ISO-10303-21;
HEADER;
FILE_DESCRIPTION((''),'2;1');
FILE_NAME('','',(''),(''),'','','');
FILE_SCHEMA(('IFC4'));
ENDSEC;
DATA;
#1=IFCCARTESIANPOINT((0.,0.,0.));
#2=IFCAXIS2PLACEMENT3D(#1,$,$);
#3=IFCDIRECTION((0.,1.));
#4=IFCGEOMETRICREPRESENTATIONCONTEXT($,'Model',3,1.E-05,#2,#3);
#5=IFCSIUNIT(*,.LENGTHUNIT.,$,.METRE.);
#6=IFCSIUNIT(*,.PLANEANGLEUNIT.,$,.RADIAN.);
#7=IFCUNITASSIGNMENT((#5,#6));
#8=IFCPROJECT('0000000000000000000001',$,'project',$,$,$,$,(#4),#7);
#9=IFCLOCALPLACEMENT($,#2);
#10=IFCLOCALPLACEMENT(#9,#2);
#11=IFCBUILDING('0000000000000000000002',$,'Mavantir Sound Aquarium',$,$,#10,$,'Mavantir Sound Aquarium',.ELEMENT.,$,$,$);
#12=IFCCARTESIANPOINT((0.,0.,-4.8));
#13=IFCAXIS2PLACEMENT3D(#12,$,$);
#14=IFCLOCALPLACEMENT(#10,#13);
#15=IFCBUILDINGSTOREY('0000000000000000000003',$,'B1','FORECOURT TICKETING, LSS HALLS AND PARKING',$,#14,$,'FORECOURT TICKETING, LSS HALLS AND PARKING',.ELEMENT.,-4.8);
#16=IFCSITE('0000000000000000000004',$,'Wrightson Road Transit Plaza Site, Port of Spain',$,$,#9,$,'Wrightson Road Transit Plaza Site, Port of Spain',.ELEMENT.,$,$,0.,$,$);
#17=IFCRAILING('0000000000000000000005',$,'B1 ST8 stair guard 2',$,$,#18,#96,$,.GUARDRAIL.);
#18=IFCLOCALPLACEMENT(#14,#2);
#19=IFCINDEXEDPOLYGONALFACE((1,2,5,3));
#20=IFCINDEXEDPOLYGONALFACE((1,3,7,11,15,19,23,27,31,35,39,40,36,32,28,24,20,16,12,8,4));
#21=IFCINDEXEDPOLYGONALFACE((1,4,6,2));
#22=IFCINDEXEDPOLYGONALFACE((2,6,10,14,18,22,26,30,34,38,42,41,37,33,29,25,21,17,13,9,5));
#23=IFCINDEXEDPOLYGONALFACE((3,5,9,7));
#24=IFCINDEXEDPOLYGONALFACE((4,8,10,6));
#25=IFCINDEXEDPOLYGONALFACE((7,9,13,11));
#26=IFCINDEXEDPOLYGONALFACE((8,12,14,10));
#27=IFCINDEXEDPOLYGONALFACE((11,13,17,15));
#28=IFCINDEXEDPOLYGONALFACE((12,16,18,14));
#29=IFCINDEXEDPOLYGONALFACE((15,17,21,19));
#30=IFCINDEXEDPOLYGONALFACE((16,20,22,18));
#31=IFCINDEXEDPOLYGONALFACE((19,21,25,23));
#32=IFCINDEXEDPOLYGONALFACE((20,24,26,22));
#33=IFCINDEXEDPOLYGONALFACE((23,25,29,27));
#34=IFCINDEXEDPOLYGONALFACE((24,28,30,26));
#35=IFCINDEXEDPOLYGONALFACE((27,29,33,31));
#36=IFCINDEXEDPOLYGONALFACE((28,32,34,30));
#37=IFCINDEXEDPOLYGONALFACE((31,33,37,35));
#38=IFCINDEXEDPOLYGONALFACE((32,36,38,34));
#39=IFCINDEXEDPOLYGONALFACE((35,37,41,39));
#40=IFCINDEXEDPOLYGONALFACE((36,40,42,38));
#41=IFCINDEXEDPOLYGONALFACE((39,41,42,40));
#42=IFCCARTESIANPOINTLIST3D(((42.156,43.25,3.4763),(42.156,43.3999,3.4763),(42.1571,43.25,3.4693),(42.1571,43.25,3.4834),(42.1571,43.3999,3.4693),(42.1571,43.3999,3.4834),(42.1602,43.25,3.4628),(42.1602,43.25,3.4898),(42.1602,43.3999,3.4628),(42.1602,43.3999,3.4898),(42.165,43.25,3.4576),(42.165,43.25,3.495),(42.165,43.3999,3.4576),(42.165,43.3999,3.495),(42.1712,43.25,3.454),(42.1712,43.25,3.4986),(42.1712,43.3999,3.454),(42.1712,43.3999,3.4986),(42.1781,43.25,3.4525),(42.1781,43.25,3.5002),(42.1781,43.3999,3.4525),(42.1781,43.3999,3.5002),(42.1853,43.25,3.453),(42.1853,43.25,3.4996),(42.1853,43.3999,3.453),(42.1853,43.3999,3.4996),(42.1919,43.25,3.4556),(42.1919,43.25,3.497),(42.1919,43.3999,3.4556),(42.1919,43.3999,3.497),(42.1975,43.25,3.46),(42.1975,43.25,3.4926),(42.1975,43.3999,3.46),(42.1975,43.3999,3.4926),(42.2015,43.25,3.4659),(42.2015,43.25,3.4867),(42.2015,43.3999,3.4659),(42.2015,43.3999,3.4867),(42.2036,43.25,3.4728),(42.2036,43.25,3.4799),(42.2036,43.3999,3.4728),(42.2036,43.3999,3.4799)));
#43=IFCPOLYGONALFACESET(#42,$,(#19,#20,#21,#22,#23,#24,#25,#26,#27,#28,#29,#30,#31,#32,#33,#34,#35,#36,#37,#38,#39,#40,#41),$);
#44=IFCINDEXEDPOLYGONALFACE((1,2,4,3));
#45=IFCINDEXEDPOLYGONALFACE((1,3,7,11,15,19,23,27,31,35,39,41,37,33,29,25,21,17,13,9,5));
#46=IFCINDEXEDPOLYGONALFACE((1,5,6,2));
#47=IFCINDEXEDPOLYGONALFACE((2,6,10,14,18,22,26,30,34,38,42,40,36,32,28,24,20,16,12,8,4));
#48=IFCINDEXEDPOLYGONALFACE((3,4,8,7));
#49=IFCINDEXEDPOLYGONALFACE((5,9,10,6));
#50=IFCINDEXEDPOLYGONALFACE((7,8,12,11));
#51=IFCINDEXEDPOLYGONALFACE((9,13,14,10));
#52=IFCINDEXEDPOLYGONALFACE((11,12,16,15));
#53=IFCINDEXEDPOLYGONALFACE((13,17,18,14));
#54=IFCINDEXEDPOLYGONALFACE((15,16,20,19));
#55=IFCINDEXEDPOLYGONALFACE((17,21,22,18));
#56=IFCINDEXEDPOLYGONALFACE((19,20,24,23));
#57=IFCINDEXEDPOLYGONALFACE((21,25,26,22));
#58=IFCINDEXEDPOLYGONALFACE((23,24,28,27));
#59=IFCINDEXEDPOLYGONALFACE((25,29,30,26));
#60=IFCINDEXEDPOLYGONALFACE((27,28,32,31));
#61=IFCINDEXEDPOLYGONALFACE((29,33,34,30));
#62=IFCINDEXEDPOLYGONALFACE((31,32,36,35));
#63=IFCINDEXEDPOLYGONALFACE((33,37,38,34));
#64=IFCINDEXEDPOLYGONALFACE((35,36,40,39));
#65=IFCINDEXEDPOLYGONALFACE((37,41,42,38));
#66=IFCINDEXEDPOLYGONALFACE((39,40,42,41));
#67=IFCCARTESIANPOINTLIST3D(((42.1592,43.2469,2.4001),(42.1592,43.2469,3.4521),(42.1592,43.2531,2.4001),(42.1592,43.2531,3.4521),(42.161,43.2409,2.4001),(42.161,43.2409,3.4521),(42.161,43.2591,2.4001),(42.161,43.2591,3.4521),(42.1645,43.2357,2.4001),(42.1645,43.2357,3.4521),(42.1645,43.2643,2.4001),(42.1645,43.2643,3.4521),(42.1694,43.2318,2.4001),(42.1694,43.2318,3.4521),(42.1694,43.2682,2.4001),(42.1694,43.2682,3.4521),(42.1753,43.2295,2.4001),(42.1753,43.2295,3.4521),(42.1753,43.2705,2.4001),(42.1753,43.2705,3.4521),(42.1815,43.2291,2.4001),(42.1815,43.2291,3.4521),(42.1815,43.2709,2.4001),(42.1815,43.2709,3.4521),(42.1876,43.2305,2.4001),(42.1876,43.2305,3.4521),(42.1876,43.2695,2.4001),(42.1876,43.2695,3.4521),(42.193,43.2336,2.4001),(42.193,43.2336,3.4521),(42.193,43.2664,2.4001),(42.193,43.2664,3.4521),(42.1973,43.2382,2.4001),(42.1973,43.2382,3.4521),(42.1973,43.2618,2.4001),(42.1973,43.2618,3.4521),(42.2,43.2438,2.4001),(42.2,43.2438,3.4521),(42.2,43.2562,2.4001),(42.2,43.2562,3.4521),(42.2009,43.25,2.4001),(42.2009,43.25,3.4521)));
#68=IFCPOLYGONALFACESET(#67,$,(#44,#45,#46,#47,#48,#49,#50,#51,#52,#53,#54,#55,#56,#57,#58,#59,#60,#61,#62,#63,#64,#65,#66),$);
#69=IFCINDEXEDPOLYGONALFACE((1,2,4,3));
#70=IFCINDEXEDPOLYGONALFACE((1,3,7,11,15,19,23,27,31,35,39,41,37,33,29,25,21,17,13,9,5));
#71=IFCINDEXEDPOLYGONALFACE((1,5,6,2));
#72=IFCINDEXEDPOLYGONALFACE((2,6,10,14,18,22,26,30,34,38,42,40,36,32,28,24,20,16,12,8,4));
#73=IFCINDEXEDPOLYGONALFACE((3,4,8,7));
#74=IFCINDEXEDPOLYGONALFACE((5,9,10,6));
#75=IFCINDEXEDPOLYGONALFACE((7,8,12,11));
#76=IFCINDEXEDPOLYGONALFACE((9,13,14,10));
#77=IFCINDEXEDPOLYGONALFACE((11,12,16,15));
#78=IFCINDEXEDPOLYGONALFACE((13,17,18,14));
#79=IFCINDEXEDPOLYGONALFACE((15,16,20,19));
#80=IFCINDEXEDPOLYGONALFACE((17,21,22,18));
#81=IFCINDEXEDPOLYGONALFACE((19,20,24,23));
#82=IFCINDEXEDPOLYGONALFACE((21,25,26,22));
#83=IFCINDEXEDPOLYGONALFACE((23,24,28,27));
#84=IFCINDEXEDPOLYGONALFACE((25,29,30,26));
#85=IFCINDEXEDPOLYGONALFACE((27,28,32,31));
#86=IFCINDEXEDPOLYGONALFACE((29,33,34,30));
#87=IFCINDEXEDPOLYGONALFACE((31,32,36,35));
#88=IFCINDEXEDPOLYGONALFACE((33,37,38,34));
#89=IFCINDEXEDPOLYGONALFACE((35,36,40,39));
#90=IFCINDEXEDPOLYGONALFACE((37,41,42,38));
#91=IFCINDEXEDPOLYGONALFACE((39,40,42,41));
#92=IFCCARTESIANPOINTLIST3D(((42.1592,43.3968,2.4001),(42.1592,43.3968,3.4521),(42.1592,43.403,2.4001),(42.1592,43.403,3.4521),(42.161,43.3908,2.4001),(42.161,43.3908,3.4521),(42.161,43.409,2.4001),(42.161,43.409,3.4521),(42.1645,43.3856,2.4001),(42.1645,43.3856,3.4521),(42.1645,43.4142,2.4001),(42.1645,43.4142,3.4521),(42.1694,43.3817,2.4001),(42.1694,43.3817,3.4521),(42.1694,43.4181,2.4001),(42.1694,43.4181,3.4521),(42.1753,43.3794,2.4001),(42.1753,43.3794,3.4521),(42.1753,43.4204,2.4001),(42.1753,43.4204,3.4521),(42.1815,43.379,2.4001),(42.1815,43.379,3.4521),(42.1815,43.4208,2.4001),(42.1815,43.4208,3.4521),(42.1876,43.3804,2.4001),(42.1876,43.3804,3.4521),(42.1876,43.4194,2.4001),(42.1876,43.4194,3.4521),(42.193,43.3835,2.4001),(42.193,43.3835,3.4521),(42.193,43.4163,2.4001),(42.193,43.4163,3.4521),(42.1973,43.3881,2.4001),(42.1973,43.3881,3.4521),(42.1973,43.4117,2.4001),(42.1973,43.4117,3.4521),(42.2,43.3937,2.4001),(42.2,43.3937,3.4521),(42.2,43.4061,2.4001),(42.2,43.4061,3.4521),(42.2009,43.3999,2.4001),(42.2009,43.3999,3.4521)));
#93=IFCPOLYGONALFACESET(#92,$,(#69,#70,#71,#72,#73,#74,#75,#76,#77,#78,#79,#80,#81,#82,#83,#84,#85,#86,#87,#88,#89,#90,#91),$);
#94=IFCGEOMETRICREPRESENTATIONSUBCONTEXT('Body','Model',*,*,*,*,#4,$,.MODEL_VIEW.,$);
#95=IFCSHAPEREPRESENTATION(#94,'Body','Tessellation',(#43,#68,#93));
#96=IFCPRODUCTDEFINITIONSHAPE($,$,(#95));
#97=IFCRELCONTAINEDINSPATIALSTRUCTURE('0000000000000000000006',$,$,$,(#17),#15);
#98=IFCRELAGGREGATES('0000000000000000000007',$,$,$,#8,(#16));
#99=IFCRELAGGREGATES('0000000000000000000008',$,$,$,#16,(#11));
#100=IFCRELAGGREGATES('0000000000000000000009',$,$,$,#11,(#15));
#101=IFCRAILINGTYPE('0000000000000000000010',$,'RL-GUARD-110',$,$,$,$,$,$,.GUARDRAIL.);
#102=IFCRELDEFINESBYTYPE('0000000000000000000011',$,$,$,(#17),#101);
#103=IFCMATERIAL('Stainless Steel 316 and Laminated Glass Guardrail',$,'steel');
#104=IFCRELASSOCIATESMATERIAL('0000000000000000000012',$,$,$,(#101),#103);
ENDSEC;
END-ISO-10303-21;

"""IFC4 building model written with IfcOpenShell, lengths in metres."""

from ifc_helpers import new_model, si_unit, direction, frame, origin, origin_2d, place, context, subcontext, project, spatial, circle, extrude, material, type_object, element, save


model = new_model("IFC4")

# Units and contexts
model_context = context("Model", 3, precision=1e-05, world=origin(), true_north=direction((0.0, 1.0)))
body_context = subcontext(model_context, "Body", "Model", "MODEL_VIEW")
ifc_project = project(units=[si_unit("LENGTHUNIT", "METRE"), si_unit("PLANEANGLEUNIT", "RADIAN")], contexts=[model_context])

# Site, building, storey
site_placement = place(None, origin())
site = spatial("IfcSite", under=ifc_project, at=site_placement, Name="Wrightson Road Transit Plaza Site, Port of Spain", LongName="Wrightson Road Transit Plaza Site, Port of Spain", CompositionType="ELEMENT", RefElevation=0.0)
building_placement = place(site_placement, origin())
building = spatial("IfcBuilding", under=site, at=building_placement, Name="Mavantir Sound Aquarium", LongName="Mavantir Sound Aquarium", CompositionType="ELEMENT")
storey_placement = place(building_placement, frame((0.0, 0.0, -4.8)))
storey = spatial("IfcBuildingStorey", under=building, at=storey_placement, Name="B1", Description="FORECOURT TICKETING, LSS HALLS AND PARKING", LongName="FORECOURT TICKETING, LSS HALLS AND PARKING", CompositionType="ELEMENT", Elevation=-4.8)

# Railing
ifc_material_1 = material(Name="Stainless Steel 316 and Laminated Glass Guardrail", Category="steel")
railing_type_1 = type_object("IfcRailingType", Name="RL-GUARD-110", PredefinedType="GUARDRAIL", material=ifc_material_1)
railing_1_placement = place(storey_placement, frame((42.1799, 43.25, 2.4001)))
element("IfcRailing", 1, at=railing_1_placement, inside=storey, type_object=railing_type_1, Name="B1 ST8 stair guard 2", PredefinedType="GUARDRAIL", context=body_context, shape_type="SweptSolid", body=[
    extrude(circle(Radius=0.0239, at=origin_2d()), frame((0.0, 0.0, 1.0762), z_axis=(0.0, 1.0, 0.0), x_axis=(-1.0, 0.0, 0.0)), (0.0, 0.0, 1.0), 0.1499),
    extrude(circle(Radius=0.021, at=origin_2d()), origin(), (0.0, 0.0, 1.0), 1.052),
    extrude(circle(Radius=0.021, at=origin_2d()), frame((0.0, 0.1499, 0.0)), (0.0, 0.0, 1.0), 1.052),
])

save(model, "model.ifc")
